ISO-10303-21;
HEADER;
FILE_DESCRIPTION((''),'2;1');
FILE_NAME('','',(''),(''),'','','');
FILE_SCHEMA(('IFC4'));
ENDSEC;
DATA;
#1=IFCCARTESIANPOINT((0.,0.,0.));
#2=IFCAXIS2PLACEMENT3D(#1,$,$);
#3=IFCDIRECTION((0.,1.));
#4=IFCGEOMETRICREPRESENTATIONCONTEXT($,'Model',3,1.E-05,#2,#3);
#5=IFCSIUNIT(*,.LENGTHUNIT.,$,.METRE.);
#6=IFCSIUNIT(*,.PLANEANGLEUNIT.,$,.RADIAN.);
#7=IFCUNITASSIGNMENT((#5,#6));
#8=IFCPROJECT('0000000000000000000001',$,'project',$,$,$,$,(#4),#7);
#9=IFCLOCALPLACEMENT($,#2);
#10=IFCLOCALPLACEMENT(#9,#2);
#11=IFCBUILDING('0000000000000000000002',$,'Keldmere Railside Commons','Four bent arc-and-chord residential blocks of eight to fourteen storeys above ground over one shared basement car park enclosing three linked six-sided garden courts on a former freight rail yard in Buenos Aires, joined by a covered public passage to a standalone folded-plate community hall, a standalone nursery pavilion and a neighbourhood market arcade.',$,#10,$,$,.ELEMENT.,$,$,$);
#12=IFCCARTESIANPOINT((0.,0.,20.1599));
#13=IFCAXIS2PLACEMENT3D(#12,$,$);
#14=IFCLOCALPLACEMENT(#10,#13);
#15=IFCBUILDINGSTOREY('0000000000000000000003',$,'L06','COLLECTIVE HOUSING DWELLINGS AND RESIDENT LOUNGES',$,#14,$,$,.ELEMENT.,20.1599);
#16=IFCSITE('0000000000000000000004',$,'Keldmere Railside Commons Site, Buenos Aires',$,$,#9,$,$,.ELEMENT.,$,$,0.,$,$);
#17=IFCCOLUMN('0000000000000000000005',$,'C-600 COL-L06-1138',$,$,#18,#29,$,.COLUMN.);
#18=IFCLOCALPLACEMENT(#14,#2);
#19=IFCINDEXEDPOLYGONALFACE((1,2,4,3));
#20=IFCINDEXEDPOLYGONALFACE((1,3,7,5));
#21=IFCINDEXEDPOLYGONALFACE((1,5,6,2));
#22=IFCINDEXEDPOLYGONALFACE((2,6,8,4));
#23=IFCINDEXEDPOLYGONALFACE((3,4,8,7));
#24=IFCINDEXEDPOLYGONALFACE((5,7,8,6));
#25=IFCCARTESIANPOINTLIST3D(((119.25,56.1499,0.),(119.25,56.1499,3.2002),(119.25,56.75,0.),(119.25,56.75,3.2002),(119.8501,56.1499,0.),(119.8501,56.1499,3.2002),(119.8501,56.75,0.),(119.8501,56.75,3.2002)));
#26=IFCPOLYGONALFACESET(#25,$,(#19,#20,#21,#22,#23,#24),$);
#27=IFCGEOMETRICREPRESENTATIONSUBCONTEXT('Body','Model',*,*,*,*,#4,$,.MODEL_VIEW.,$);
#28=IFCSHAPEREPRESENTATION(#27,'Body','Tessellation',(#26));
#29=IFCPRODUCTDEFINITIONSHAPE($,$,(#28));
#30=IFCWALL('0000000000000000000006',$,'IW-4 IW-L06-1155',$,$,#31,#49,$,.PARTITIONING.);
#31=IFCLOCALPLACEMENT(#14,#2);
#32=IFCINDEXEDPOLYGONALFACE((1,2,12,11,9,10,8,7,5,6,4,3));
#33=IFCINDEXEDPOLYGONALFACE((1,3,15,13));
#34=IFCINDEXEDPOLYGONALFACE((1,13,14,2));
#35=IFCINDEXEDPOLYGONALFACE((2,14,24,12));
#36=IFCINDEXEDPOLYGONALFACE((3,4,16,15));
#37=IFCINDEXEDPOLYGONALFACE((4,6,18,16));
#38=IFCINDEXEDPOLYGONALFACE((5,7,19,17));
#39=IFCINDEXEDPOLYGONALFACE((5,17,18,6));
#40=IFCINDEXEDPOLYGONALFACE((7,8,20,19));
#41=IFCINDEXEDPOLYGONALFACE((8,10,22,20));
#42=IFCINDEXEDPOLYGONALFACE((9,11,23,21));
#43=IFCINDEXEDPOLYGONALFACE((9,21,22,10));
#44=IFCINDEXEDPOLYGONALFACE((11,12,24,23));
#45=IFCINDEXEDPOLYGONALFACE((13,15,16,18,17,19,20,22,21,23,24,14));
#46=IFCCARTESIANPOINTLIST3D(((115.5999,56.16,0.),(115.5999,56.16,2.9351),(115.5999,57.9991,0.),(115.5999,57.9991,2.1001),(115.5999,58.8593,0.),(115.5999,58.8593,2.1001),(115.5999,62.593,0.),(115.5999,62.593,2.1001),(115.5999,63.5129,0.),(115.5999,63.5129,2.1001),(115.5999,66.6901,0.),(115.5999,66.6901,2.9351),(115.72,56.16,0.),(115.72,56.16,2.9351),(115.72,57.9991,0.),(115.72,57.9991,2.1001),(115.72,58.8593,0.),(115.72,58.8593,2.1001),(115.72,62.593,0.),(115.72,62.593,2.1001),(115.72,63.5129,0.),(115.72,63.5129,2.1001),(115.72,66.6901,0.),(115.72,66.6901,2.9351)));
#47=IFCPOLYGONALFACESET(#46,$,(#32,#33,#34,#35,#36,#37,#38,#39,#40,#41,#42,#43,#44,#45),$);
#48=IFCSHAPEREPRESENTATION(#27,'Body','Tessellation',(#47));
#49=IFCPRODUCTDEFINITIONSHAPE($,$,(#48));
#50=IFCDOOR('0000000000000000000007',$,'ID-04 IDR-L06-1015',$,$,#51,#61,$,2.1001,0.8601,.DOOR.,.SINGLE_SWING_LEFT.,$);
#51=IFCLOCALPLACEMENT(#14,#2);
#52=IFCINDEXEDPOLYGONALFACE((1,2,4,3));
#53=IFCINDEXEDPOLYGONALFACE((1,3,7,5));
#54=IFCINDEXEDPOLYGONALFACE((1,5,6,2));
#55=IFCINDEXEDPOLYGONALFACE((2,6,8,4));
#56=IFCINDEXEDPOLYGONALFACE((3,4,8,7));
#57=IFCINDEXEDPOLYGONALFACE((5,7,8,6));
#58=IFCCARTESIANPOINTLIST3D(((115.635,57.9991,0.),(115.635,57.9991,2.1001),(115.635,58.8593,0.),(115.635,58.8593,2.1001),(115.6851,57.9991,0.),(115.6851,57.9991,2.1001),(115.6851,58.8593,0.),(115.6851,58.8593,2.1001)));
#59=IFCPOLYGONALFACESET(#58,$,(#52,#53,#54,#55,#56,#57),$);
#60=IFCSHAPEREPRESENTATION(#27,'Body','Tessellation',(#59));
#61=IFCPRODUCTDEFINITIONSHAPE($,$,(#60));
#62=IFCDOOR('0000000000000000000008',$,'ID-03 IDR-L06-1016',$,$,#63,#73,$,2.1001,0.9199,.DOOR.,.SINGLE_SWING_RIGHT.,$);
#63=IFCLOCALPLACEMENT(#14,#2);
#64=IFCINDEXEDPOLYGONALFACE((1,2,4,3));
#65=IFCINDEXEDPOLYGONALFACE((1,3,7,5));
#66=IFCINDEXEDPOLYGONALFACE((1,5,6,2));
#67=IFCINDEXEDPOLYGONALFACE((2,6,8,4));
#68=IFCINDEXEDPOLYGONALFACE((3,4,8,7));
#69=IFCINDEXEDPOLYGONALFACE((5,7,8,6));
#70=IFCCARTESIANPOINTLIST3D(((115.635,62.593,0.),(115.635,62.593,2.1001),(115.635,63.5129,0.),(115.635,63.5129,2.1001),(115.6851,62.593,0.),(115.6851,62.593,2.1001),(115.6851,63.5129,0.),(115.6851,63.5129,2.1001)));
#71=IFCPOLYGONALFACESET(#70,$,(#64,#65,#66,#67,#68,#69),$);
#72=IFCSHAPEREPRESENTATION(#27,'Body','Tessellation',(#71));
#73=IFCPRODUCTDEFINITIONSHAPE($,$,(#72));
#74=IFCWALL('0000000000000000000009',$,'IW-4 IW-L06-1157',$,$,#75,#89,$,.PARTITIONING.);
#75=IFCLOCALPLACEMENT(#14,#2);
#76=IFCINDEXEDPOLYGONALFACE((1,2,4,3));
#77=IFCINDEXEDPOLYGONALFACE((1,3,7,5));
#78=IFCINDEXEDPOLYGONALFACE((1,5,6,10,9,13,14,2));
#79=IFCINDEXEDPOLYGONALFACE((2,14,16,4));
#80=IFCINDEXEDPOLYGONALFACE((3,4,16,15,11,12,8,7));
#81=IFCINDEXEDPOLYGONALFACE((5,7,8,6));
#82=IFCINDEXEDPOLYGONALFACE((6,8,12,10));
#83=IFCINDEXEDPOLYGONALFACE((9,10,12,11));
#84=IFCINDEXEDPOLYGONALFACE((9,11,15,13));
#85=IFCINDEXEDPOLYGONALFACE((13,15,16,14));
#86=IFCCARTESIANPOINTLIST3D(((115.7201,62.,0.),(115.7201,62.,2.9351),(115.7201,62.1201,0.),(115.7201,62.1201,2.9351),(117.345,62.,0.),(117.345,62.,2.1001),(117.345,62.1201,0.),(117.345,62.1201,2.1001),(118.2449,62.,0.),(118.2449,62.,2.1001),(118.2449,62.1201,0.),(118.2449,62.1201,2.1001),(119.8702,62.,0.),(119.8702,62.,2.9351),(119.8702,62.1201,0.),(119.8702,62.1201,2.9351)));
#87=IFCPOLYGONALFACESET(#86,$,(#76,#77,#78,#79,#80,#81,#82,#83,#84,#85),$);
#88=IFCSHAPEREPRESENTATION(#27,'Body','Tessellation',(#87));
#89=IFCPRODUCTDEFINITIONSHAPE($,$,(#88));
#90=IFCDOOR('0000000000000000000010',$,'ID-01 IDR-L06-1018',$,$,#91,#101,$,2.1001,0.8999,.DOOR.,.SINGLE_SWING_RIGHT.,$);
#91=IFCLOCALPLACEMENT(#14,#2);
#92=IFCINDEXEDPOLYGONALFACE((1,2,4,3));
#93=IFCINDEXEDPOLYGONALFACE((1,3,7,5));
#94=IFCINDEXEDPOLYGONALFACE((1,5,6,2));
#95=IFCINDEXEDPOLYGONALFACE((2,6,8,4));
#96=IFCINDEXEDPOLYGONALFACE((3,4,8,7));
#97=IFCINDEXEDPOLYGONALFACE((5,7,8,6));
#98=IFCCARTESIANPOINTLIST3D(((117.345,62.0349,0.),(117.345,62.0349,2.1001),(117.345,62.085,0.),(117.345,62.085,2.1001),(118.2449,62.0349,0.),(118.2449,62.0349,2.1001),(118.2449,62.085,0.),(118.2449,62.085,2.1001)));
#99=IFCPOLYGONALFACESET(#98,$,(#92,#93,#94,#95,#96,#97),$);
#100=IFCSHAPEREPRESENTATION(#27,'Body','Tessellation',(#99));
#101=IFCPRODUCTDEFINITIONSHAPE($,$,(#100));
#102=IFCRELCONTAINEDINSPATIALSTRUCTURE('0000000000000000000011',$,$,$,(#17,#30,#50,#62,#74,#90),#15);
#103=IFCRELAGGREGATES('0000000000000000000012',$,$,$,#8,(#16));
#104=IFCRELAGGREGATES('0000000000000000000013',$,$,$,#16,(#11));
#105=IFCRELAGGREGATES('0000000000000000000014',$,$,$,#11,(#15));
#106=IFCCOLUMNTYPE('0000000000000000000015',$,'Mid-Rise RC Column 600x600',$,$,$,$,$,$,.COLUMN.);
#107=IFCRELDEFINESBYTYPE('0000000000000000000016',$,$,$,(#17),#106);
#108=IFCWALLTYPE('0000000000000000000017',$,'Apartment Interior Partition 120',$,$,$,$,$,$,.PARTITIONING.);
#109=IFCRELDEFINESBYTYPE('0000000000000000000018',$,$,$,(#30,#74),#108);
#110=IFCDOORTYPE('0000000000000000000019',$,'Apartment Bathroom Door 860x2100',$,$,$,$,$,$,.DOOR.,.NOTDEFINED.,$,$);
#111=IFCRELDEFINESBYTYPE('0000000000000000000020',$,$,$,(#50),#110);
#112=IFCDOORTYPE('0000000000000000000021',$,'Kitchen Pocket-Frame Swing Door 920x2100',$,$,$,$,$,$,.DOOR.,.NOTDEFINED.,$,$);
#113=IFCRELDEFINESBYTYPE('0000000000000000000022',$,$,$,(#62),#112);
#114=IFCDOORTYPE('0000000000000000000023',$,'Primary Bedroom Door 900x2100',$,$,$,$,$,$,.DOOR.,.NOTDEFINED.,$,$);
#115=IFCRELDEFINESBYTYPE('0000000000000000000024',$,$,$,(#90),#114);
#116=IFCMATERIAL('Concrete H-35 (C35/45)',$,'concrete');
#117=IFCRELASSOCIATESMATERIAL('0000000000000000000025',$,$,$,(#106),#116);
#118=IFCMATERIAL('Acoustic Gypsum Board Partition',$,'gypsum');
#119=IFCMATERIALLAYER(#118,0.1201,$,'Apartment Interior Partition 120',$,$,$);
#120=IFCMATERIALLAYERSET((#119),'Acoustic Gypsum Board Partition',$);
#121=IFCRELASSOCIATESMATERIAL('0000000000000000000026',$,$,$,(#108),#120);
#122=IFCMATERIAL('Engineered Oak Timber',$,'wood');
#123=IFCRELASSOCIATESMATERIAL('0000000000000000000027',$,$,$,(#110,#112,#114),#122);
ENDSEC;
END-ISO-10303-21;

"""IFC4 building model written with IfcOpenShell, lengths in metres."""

from ifc_helpers import new_model, si_unit, direction, frame, frame_2d, origin, origin_2d, place, context, subcontext, project, spatial, rectangle, extrude, material, layer, layer_set, material_profile, profile_set, type_object, element, fill, save


model = new_model("IFC4")

# Units and contexts
model_context = context("Model", 3, precision=1e-05, world=origin(), true_north=direction((0.0, 1.0)))
body_context = subcontext(model_context, "Body", "Model", "MODEL_VIEW")
ifc_project = project(units=[si_unit("LENGTHUNIT", "METRE"), si_unit("PLANEANGLEUNIT", "RADIAN")], contexts=[model_context])

# Site, building, storey
site_placement = place(None, origin())
site = spatial("IfcSite", under=ifc_project, at=site_placement, Name="Keldmere Railside Commons Site, Buenos Aires", CompositionType="ELEMENT", RefElevation=0.0)
building_placement = place(site_placement, origin())
building = spatial("IfcBuilding", under=site, at=building_placement, Name="Keldmere Railside Commons", Description="Four bent arc-and-chord residential blocks of eight to fourteen storeys above ground over one shared basement car park enclosing three linked six-sided garden courts on a former freight rail yard in Buenos Aires, joined by a covered public passage to a standalone folded-plate community hall, a standalone nursery pavilion and a neighbourhood market arcade.", CompositionType="ELEMENT")
storey_placement = place(building_placement, frame((0.0, 0.0, 20.1599)))
storey = spatial("IfcBuildingStorey", under=building, at=storey_placement, Name="L06", Description="COLLECTIVE HOUSING DWELLINGS AND RESIDENT LOUNGES", CompositionType="ELEMENT", Elevation=20.1599)

# Column
ifc_material_1 = material(Name="Concrete H-35 (C35/45)", Category="concrete")
ifc_material_profile = material_profile(ifc_material_1, rectangle(XDim=0.6001, YDim=0.6001, at=origin_2d()), Name="RC-600x600")
ifc_profile_set = profile_set([ifc_material_profile], Name="Concrete H-35 (C35/45)")
column_type = type_object("IfcColumnType", Name="Mid-Rise RC Column 600x600", PredefinedType="COLUMN", material=ifc_profile_set)
column_placement = place(storey_placement, frame((119.55, 56.45, 0.0), z_axis=(0.0, 0.0, 1.0), x_axis=(1.0, 0.0, 0.0)))
element("IfcColumn", 1, at=column_placement, inside=storey, type_object=column_type, Name="C-600 COL-L06-1138", PredefinedType="COLUMN", context=body_context, shape_type="SweptSolid", body=[
    extrude(rectangle(XDim=0.6001, YDim=0.6001, at=origin_2d()), origin(), (0.0, 0.0, 1.0), 3.2002),
])

# Wall, openings, doors
ifc_material_2 = material(Name="Acoustic Gypsum Board Partition", Category="gypsum")
ifc_layer_1 = layer(ifc_material_2, 0.1201, Name="Apartment Interior Partition 120")
ifc_layer_set_1 = layer_set([ifc_layer_1], Name="Acoustic Gypsum Board Partition")
wall_type_1 = type_object("IfcWallType", Name="Apartment Interior Partition 120", PredefinedType="PARTITIONING", material=ifc_layer_set_1)
wall_1_placement = place(storey_placement, frame((115.6599, 56.1599, 0.0), z_axis=(0.0, 0.0, 1.0), x_axis=(0.0, 1.0, 0.0)))
wall_1 = element("IfcWall", 2, at=wall_1_placement, inside=storey, type_object=wall_type_1, Name="IW-4 IW-L06-1155", PredefinedType="PARTITIONING", context=body_context, shape_type="SweptSolid", body=[
    extrude(rectangle(XDim=10.53, YDim=0.1201, at=frame_2d((5.2651, 0.0))), origin(), (0.0, 0.0, 1.0), 2.9351),
])
opening_1_placement = place(wall_1_placement, frame((1.8391, 0.0, 0.0)))
opening_1 = element("IfcOpeningElement", 3, at=opening_1_placement, cuts=wall_1, PredefinedType="OPENING", context=body_context, shape_type="SweptSolid", body=[
    extrude(rectangle(XDim=0.8601, YDim=2.1001, at=frame_2d((0.4302, 1.05))), frame((0.0, 0.0701, 0.0), z_axis=(0.0, -1.0, 0.0), x_axis=(1.0, 0.0, 0.0)), (0.0, 0.0, 1.0), 0.1401),
])
opening_2_placement = place(wall_1_placement, frame((6.4331, 0.0, 0.0)))
opening_2 = element("IfcOpeningElement", 4, at=opening_2_placement, cuts=wall_1, PredefinedType="OPENING", context=body_context, shape_type="SweptSolid", body=[
    extrude(rectangle(XDim=0.9199, YDim=2.1001, at=frame_2d((0.46, 1.05))), frame((0.0, 0.0701, 0.0), z_axis=(0.0, -1.0, 0.0), x_axis=(1.0, 0.0, 0.0)), (0.0, 0.0, 1.0), 0.1401),
])
ifc_material_3 = material(Name="Engineered Oak Timber", Category="wood")
door_type_1 = type_object("IfcDoorType", Name="Apartment Bathroom Door 860x2100", OperationType="NOTDEFINED", PredefinedType="DOOR", material=ifc_material_3)
door_1_placement = place(opening_1_placement, origin())
door_1 = element("IfcDoor", 5, at=door_1_placement, inside=storey, type_object=door_type_1, Name="ID-04 IDR-L06-1015", OperationType="SINGLE_SWING_LEFT", OverallHeight=2.1001, OverallWidth=0.8601, PredefinedType="DOOR", context=body_context, shape_type="SweptSolid", body=[
    extrude(rectangle(XDim=0.8601, YDim=2.1001, at=frame_2d((0.4302, 1.05))), frame((0.0, 0.0249, 0.0), z_axis=(0.0, -1.0, 0.0), x_axis=(1.0, 0.0, 0.0)), (0.0, 0.0, 1.0), 0.05),
])
fill(opening_1, door_1)
door_type_2 = type_object("IfcDoorType", Name="Kitchen Pocket-Frame Swing Door 920x2100", OperationType="NOTDEFINED", PredefinedType="DOOR", material=ifc_material_3)
door_2_placement = place(opening_2_placement, origin())
door_2 = element("IfcDoor", 6, at=door_2_placement, inside=storey, type_object=door_type_2, Name="ID-03 IDR-L06-1016", OperationType="SINGLE_SWING_RIGHT", OverallHeight=2.1001, OverallWidth=0.9199, PredefinedType="DOOR", context=body_context, shape_type="SweptSolid", body=[
    extrude(rectangle(XDim=0.9199, YDim=2.1001, at=frame_2d((0.46, 1.05))), frame((0.0, 0.0249, 0.0), z_axis=(0.0, -1.0, 0.0), x_axis=(1.0, 0.0, 0.0)), (0.0, 0.0, 1.0), 0.05),
])
fill(opening_2, door_2)

# Wall, opening, door
wall_2_placement = place(storey_placement, frame((115.72, 62.0601, 0.0), z_axis=(0.0, 0.0, 1.0), x_axis=(1.0, 0.0, 0.0)))
wall_2 = element("IfcWall", 7, at=wall_2_placement, inside=storey, type_object=wall_type_1, Name="IW-4 IW-L06-1157", PredefinedType="PARTITIONING", context=body_context, shape_type="SweptSolid", body=[
    extrude(rectangle(XDim=4.1501, YDim=0.1201, at=frame_2d((2.0752, 0.0))), origin(), (0.0, 0.0, 1.0), 2.9351),
])
opening_3_placement = place(wall_2_placement, frame((1.625, 0.0, 0.0)))
opening_3 = element("IfcOpeningElement", 8, at=opening_3_placement, cuts=wall_2, PredefinedType="OPENING", context=body_context, shape_type="SweptSolid", body=[
    extrude(rectangle(XDim=0.8999, YDim=2.1001, at=frame_2d((0.45, 1.05))), frame((0.0, 0.0701, 0.0), z_axis=(0.0, -1.0, 0.0), x_axis=(1.0, 0.0, 0.0)), (0.0, 0.0, 1.0), 0.1401),
])
door_type_3 = type_object("IfcDoorType", Name="Primary Bedroom Door 900x2100", OperationType="NOTDEFINED", PredefinedType="DOOR", material=ifc_material_3)
door_3_placement = place(opening_3_placement, origin())
door_3 = element("IfcDoor", 9, at=door_3_placement, inside=storey, type_object=door_type_3, Name="ID-01 IDR-L06-1018", OperationType="SINGLE_SWING_RIGHT", OverallHeight=2.1001, OverallWidth=0.8999, PredefinedType="DOOR", context=body_context, shape_type="SweptSolid", body=[
    extrude(rectangle(XDim=0.8999, YDim=2.1001, at=frame_2d((0.45, 1.05))), frame((0.0, 0.0249, 0.0), z_axis=(0.0, -1.0, 0.0), x_axis=(1.0, 0.0, 0.0)), (0.0, 0.0, 1.0), 0.05),
])
fill(opening_3, door_3)

save(model, "model.ifc")
